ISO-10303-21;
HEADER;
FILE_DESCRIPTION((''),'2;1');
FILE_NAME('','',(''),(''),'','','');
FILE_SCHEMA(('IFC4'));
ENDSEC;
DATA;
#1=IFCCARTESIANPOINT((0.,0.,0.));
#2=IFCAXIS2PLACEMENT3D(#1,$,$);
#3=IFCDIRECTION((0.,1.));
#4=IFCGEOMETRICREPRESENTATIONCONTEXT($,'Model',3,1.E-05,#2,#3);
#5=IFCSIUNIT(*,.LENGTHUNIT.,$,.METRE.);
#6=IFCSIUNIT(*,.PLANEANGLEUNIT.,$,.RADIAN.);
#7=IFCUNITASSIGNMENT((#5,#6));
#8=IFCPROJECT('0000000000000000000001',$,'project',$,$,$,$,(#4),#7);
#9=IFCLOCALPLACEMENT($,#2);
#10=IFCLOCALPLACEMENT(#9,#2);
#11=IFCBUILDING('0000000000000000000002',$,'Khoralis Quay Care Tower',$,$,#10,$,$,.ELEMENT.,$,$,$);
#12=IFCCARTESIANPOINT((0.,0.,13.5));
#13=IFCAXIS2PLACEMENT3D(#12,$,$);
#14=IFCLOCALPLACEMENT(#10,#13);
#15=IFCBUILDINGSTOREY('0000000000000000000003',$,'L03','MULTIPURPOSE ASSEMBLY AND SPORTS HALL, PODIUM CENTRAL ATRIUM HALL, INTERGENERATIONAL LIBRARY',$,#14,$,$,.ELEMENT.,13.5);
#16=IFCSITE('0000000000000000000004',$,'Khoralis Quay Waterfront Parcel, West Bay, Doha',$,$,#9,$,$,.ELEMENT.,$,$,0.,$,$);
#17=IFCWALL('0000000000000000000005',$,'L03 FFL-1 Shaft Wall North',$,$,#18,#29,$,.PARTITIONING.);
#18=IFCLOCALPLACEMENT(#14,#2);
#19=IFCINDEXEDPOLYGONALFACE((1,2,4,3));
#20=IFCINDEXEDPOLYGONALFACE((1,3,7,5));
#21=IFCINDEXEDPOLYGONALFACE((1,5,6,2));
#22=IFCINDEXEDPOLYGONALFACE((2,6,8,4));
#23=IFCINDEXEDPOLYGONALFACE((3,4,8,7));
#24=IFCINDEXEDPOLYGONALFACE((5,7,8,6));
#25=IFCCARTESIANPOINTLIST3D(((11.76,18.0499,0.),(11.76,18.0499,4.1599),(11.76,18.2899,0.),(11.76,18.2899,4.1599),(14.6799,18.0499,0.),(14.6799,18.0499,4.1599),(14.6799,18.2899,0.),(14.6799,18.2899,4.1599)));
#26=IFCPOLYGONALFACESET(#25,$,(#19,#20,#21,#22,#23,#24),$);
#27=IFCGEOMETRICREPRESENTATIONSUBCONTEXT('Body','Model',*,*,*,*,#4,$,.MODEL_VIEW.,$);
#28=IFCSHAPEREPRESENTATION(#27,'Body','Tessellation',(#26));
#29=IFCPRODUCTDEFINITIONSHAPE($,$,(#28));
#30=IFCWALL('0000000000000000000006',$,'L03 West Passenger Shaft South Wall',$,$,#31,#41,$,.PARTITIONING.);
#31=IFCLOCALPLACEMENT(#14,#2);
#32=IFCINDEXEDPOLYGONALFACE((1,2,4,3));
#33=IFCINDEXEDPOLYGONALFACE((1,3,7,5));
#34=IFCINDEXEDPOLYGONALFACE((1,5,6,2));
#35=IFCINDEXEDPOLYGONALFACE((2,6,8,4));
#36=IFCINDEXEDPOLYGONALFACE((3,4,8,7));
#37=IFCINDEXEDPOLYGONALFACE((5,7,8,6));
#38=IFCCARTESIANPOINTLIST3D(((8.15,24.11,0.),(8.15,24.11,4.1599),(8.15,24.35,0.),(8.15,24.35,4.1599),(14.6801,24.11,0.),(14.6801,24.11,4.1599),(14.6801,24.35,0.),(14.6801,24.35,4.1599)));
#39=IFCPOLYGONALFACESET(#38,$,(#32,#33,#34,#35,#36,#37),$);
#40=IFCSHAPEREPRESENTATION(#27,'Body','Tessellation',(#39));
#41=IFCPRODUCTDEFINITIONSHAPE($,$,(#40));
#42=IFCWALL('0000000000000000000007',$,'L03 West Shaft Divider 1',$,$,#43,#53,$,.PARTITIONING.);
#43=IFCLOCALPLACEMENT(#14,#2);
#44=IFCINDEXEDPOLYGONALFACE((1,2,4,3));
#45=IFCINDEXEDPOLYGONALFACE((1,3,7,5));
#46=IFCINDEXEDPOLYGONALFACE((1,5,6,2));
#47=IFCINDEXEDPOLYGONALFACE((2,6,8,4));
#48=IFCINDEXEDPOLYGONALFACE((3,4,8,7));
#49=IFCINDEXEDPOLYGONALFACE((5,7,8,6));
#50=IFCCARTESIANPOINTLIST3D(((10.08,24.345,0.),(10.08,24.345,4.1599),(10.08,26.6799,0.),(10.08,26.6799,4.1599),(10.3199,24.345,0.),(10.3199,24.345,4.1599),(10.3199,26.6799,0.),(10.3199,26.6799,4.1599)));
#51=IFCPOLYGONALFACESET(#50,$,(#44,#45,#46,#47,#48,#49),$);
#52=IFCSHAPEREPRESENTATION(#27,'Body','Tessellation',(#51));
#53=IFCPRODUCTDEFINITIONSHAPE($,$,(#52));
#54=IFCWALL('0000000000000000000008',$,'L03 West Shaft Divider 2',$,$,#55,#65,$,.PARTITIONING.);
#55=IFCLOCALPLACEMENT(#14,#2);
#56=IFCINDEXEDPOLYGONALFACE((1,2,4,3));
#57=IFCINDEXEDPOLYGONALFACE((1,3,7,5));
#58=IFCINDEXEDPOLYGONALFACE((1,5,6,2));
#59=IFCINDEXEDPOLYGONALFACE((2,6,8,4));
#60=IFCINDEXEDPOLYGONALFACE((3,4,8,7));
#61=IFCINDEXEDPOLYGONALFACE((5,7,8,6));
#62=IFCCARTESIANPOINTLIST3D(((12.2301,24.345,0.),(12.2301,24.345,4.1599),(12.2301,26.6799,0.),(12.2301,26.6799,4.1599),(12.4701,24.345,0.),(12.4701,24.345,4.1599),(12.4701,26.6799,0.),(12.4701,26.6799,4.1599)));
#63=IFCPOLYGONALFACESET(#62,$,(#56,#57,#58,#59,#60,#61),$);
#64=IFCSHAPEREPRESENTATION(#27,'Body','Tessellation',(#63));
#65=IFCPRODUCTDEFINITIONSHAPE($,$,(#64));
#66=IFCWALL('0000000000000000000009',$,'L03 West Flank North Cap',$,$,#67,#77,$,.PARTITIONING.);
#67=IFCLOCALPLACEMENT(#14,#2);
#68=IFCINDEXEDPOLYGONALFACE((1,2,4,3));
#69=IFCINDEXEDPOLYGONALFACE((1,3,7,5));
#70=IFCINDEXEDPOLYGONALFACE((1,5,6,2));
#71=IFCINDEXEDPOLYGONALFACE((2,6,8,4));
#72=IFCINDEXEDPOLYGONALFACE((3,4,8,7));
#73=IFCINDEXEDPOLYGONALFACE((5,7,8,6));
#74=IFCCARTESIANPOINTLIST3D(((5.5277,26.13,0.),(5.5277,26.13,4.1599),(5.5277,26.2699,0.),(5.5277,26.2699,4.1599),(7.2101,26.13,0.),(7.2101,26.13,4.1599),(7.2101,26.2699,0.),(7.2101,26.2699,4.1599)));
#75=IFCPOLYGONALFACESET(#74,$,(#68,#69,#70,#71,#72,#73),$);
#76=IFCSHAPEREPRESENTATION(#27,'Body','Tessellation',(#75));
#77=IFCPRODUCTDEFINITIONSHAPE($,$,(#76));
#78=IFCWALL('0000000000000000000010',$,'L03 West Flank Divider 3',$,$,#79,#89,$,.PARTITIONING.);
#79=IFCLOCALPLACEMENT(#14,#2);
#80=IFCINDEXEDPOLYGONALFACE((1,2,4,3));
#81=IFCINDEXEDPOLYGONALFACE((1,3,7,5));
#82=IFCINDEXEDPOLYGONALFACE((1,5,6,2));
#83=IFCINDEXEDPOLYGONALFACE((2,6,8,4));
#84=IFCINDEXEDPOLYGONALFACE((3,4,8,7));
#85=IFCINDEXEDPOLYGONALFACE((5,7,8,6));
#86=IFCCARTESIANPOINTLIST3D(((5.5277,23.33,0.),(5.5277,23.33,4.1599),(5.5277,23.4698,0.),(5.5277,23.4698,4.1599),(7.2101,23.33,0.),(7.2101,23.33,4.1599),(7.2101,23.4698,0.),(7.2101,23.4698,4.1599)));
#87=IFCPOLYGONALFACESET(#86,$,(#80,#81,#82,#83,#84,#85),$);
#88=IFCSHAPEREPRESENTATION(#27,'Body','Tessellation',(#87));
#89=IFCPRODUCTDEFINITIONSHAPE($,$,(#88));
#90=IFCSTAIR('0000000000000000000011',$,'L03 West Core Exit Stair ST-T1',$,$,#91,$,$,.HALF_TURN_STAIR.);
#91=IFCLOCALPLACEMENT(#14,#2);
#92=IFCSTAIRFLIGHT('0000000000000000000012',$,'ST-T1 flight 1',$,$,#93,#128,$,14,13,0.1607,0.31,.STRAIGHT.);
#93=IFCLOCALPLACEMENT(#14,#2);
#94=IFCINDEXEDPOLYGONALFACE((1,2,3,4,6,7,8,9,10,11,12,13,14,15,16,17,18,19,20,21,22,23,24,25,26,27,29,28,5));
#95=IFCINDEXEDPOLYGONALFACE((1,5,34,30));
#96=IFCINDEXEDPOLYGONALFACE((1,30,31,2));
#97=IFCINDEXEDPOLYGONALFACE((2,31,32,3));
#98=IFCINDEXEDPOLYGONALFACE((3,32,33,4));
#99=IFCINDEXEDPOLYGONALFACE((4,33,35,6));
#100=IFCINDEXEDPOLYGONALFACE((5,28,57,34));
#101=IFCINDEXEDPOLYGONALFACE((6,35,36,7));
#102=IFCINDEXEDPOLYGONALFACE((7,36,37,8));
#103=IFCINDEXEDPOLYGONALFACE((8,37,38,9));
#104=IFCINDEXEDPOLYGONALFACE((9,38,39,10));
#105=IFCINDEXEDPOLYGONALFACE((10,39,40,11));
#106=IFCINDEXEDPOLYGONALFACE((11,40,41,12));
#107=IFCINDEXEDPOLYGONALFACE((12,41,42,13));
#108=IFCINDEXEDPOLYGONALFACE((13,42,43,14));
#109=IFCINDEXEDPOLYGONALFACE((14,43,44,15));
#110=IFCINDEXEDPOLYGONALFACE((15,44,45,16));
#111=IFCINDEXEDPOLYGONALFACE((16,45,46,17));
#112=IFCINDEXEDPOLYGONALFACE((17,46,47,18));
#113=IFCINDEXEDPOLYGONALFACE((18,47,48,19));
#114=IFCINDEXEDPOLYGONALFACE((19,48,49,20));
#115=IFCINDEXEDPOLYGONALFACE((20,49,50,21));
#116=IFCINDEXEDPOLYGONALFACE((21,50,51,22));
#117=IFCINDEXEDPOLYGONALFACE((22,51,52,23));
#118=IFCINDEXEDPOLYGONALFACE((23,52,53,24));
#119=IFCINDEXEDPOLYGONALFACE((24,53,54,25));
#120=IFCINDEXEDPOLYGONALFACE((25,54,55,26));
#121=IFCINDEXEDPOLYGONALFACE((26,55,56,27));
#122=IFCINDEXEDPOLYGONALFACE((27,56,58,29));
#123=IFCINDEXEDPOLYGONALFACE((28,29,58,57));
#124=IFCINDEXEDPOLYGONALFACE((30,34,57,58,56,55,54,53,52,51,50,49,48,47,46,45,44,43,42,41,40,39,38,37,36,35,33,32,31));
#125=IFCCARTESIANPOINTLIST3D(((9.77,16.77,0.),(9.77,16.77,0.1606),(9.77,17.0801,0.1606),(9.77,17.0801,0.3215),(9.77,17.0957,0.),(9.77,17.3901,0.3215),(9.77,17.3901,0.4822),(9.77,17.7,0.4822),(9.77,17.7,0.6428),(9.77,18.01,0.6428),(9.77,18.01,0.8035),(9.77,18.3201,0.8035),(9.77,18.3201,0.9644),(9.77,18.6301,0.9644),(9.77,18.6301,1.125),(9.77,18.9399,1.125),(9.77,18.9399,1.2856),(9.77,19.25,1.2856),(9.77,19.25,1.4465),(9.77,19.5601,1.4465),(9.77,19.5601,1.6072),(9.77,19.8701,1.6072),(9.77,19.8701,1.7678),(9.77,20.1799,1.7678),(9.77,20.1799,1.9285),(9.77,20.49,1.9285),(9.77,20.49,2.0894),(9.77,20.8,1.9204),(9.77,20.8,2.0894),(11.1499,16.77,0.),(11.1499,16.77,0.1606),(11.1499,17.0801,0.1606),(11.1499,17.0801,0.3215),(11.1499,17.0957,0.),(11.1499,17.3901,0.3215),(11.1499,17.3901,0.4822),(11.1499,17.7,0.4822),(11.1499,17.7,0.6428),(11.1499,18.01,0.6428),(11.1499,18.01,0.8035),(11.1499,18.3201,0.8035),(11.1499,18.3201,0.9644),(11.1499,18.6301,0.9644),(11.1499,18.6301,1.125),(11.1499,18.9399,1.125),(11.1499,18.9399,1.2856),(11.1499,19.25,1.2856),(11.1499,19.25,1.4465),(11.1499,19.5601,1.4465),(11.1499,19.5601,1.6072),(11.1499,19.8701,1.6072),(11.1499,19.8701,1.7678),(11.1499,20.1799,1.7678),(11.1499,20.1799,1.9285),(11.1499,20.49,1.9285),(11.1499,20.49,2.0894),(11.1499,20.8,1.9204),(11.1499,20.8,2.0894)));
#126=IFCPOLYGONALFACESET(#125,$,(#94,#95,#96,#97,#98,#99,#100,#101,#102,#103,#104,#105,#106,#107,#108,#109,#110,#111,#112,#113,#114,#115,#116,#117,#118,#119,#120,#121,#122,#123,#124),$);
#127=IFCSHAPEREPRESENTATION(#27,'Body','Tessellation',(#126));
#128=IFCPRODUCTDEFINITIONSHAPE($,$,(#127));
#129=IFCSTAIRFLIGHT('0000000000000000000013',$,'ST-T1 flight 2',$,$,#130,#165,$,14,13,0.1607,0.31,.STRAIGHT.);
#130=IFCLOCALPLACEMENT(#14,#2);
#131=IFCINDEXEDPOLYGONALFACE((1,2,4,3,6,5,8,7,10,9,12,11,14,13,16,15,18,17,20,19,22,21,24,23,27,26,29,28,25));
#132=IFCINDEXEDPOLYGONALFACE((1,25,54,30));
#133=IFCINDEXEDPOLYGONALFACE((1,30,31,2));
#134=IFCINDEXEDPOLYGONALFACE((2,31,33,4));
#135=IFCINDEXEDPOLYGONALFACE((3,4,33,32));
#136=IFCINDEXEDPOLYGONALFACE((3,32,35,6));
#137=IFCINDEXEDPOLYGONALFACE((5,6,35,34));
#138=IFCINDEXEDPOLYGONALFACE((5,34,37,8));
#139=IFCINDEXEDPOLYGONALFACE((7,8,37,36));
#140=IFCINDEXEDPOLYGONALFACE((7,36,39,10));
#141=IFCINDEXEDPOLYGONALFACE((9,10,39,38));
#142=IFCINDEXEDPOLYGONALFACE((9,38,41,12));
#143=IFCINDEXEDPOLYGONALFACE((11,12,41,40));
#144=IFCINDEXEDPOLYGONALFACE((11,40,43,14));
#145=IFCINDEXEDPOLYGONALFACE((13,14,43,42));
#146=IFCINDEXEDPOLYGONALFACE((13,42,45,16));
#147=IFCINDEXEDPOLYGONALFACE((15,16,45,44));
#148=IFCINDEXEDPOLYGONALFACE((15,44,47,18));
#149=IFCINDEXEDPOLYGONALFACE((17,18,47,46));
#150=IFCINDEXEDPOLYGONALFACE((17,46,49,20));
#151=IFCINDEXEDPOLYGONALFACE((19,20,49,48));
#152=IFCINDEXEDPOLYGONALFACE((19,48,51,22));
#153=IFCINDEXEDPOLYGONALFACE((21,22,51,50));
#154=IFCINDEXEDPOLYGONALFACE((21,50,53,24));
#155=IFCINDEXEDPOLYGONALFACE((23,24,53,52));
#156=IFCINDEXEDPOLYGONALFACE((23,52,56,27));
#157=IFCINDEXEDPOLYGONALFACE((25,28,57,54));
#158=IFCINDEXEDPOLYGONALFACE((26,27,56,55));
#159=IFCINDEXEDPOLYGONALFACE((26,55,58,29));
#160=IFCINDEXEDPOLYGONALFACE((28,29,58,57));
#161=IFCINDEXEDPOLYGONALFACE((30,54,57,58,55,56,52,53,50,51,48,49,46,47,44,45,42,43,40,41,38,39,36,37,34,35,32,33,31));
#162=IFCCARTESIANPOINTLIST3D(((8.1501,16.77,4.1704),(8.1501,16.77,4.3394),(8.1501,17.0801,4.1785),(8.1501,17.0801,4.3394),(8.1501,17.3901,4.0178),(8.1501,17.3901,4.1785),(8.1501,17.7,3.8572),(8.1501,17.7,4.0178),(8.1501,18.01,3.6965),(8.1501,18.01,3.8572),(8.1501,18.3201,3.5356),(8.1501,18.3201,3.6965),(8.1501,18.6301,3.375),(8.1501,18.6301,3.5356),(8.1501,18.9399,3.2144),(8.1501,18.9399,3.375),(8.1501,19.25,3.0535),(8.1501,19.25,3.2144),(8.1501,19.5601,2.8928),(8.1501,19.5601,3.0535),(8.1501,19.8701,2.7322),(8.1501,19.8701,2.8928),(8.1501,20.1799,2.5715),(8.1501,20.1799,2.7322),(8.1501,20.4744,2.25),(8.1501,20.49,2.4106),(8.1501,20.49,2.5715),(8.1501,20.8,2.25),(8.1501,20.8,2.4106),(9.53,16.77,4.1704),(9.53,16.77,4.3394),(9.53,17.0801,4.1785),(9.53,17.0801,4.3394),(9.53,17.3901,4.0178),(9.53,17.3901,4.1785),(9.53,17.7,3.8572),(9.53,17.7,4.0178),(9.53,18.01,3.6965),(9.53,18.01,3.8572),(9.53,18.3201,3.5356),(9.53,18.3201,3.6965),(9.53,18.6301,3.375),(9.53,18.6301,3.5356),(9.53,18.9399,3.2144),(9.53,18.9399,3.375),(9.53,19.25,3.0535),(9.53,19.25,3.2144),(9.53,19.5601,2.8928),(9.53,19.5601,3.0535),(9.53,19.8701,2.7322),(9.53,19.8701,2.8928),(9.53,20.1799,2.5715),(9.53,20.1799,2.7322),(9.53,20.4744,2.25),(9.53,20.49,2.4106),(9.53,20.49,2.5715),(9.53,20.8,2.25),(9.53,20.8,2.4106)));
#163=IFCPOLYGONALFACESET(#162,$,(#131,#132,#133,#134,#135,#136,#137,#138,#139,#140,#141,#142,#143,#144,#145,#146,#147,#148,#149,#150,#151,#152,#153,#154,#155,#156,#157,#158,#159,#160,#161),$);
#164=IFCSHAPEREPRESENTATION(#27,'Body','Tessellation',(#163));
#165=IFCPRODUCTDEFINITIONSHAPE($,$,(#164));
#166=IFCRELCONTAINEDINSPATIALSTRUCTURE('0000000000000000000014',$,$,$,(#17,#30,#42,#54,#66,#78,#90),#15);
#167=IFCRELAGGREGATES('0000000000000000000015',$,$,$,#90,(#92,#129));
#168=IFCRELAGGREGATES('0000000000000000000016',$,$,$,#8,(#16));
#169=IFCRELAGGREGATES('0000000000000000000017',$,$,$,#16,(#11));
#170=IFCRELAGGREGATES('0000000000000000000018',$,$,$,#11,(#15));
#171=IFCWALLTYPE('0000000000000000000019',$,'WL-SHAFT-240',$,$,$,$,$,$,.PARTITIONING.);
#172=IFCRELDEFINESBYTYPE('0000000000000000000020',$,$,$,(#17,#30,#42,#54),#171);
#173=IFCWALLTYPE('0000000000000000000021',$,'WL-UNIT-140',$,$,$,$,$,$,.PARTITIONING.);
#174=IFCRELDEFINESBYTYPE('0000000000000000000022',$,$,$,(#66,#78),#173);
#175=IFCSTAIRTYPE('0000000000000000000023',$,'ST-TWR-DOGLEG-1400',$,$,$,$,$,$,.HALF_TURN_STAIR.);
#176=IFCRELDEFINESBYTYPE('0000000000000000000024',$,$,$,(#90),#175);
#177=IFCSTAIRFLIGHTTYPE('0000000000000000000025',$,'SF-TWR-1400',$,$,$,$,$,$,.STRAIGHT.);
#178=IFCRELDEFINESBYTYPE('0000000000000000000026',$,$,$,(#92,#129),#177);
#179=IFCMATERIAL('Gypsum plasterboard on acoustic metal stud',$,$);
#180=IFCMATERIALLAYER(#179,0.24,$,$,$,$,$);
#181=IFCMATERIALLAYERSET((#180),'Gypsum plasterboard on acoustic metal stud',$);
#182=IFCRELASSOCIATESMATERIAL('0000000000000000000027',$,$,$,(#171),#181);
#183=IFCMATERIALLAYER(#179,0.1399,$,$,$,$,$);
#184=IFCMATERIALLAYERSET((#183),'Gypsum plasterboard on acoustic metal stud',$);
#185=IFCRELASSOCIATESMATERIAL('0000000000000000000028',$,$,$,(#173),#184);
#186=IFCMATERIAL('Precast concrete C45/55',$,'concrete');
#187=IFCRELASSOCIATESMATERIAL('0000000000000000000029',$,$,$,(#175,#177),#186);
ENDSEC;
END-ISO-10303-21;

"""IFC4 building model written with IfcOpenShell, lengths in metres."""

from ifc_helpers import new_model, si_unit, direction, frame, frame_2d, origin, place, context, subcontext, project, spatial, polyline, rectangle, outline, extrude, source, transform, mapped, material, layer, layer_set, type_object, element, aggregate, save


model = new_model("IFC4")

# Units and contexts
model_context = context("Model", 3, precision=1e-05, world=origin(), true_north=direction((0.0, 1.0)))
body_context = subcontext(model_context, "Body", "Model", "MODEL_VIEW")
ifc_project = project(units=[si_unit("LENGTHUNIT", "METRE"), si_unit("PLANEANGLEUNIT", "RADIAN")], contexts=[model_context])

# Site, building, storey
site_placement = place(None, origin())
site = spatial("IfcSite", under=ifc_project, at=site_placement, Name="Khoralis Quay Waterfront Parcel, West Bay, Doha", CompositionType="ELEMENT", RefElevation=0.0)
building_placement = place(site_placement, origin())
building = spatial("IfcBuilding", under=site, at=building_placement, Name="Khoralis Quay Care Tower", CompositionType="ELEMENT")
storey_placement = place(building_placement, frame((0.0, 0.0, 13.5)))
storey = spatial("IfcBuildingStorey", under=building, at=storey_placement, Name="L03", Description="MULTIPURPOSE ASSEMBLY AND SPORTS HALL, PODIUM CENTRAL ATRIUM HALL, INTERGENERATIONAL LIBRARY", CompositionType="ELEMENT", Elevation=13.5)

# Shared definitions
ifc_material_1 = material(Name="Gypsum plasterboard on acoustic metal stud")

# Walls
ifc_layer_1 = layer(ifc_material_1, 0.24)
ifc_layer_set_1 = layer_set([ifc_layer_1], Name="Gypsum plasterboard on acoustic metal stud")
wall_type_1 = type_object("IfcWallType", Name="WL-SHAFT-240", PredefinedType="PARTITIONING", material=ifc_layer_set_1)
wall_1_placement = place(storey_placement, frame((11.76, 18.1699, 0.0), z_axis=(0.0, 0.0, 1.0), x_axis=(1.0, 0.0, 0.0)))
element("IfcWall", 1, at=wall_1_placement, inside=storey, type_object=wall_type_1, Name="L03 FFL-1 Shaft Wall North", PredefinedType="PARTITIONING", context=body_context, shape_type="SweptSolid", body=[
    extrude(rectangle(XDim=2.9199, YDim=0.24, at=frame_2d((1.46, 0.0))), origin(), (0.0, 0.0, 1.0), 4.1599),
])
wall_2_placement = place(storey_placement, frame((8.1499, 24.23, 0.0), z_axis=(0.0, 0.0, 1.0), x_axis=(1.0, 0.0, 0.0)))
element("IfcWall", 2, at=wall_2_placement, inside=storey, type_object=wall_type_1, Name="L03 West Passenger Shaft South Wall", PredefinedType="PARTITIONING", context=body_context, shape_type="SweptSolid", body=[
    extrude(rectangle(XDim=6.53, YDim=0.24, at=frame_2d((3.2651, 0.0))), origin(), (0.0, 0.0, 1.0), 4.1599),
])
for number, where, z_axis, x_axis, name in (
    (3, (10.2, 24.345, 0.0), (0.0, 0.0, 1.0), (0.0, 1.0, 0.0), "L03 West Shaft Divider 1"),
    (4, (12.3501, 24.345, 0.0), (0.0, 0.0, 1.0), (0.0, 1.0, 0.0), "L03 West Shaft Divider 2"),
):
    element("IfcWall", number, at=place(storey_placement, frame(where, z_axis=z_axis, x_axis=x_axis)), inside=storey, type_object=wall_type_1, Name=name, PredefinedType="PARTITIONING", context=body_context, shape_type="SweptSolid", body=[
        extrude(rectangle(XDim=2.335, YDim=0.24, at=frame_2d((1.1675, 0.0))), origin(), (0.0, 0.0, 1.0), 4.1599),
    ])
ifc_layer_2 = layer(ifc_material_1, 0.1399)
ifc_layer_set_2 = layer_set([ifc_layer_2], Name="Gypsum plasterboard on acoustic metal stud")
wall_type_2 = type_object("IfcWallType", Name="WL-UNIT-140", PredefinedType="PARTITIONING", material=ifc_layer_set_2)
for number, where, z_axis, x_axis, name in (
    (5, (5.5276, 26.2, 0.0), (0.0, 0.0, 1.0), (1.0, 0.0, 0.0), "L03 West Flank North Cap"),
    (6, (5.5276, 23.3999, 0.0), (0.0, 0.0, 1.0), (1.0, 0.0, 0.0), "L03 West Flank Divider 3"),
):
    element("IfcWall", number, at=place(storey_placement, frame(where, z_axis=z_axis, x_axis=x_axis)), inside=storey, type_object=wall_type_2, Name=name, PredefinedType="PARTITIONING", context=body_context, shape_type="SweptSolid", body=[
        extrude(rectangle(XDim=1.6824, YDim=0.1399, at=frame_2d((0.8413, 0.0))), origin(), (0.0, 0.0, 1.0), 4.1599),
    ])

# Stair, stair flights
ifc_material_2 = material(Name="Precast concrete C45/55", Category="concrete")
stair_type = type_object("IfcStairType", Name="ST-TWR-DOGLEG-1400", PredefinedType="HALF_TURN_STAIR", material=ifc_material_2)
stair_placement = place(storey_placement, origin())
stair = element("IfcStair", 7, at=stair_placement, inside=storey, type_object=stair_type, Name="L03 West Core Exit Stair ST-T1", PredefinedType="HALF_TURN_STAIR")
stair_flight_type = type_object("IfcStairFlightType", Name="SF-TWR-1400", PredefinedType="STRAIGHT", material=ifc_material_2)
shared_shape_1 = source(origin(), body_context, "Body", "SweptSolid", [
    extrude(outline(polyline([(0.0, 0.0), (0.0, 0.1606), (0.3101, 0.1606), (0.3101, 0.3215), (0.6201, 0.3215), (0.6201, 0.4822), (0.9299, 0.4822), (0.9299, 0.6428), (1.24, 0.6428), (1.24, 0.8035), (1.55, 0.8035), (1.55, 0.9644), (1.8601, 0.9644), (1.8601, 1.125), (2.1699, 1.125), (2.1699, 1.2856), (2.48, 1.2856), (2.48, 1.4465), (2.79, 1.4465), (2.79, 1.6072), (3.1001, 1.6072), (3.1001, 1.7678), (3.4099, 1.7678), (3.4099, 1.9285), (3.72, 1.9285), (3.72, 2.0894), (4.03, 2.0894), (4.03, 2.25), (4.03, 1.9204), (0.3257, 0.0), (0.0, 0.0)])), frame((0.0, 0.6899, 0.0), z_axis=(0.0, -1.0, 0.0), x_axis=(1.0, 0.0, 0.0)), (0.0, 0.0, 1.0), 1.3799),
])
stair_flight_1_placement = place(storey_placement, frame((10.46, 16.77, 0.0), z_axis=(0.0, 0.0, 1.0), x_axis=(0.0, 1.0, 0.0)))
stair_flight_1 = element("IfcStairFlight", 8, at=stair_flight_1_placement, type_object=stair_flight_type, Name="ST-T1 flight 1", NumberOfRisers=14, NumberOfTreads=13, PredefinedType="STRAIGHT", RiserHeight=0.1607, TreadLength=0.31, context=body_context, shape_type="MappedRepresentation", body=[
    mapped(shared_shape_1, transform((0.0, 0.0, 0.0), scale=1.0)),
])
stair_flight_2_placement = place(storey_placement, frame((8.8401, 20.8, 2.25), z_axis=(0.0, 0.0, 1.0), x_axis=(0.0, -1.0, 0.0)))
stair_flight_2 = element("IfcStairFlight", 9, at=stair_flight_2_placement, type_object=stair_flight_type, Name="ST-T1 flight 2", NumberOfRisers=14, NumberOfTreads=13, PredefinedType="STRAIGHT", RiserHeight=0.1607, TreadLength=0.31, context=body_context, shape_type="MappedRepresentation", body=[
    mapped(shared_shape_1, transform((0.0, 0.0, 0.0), scale=1.0)),
])
aggregate(stair, [stair_flight_1, stair_flight_2])

save(model, "model.ifc")
